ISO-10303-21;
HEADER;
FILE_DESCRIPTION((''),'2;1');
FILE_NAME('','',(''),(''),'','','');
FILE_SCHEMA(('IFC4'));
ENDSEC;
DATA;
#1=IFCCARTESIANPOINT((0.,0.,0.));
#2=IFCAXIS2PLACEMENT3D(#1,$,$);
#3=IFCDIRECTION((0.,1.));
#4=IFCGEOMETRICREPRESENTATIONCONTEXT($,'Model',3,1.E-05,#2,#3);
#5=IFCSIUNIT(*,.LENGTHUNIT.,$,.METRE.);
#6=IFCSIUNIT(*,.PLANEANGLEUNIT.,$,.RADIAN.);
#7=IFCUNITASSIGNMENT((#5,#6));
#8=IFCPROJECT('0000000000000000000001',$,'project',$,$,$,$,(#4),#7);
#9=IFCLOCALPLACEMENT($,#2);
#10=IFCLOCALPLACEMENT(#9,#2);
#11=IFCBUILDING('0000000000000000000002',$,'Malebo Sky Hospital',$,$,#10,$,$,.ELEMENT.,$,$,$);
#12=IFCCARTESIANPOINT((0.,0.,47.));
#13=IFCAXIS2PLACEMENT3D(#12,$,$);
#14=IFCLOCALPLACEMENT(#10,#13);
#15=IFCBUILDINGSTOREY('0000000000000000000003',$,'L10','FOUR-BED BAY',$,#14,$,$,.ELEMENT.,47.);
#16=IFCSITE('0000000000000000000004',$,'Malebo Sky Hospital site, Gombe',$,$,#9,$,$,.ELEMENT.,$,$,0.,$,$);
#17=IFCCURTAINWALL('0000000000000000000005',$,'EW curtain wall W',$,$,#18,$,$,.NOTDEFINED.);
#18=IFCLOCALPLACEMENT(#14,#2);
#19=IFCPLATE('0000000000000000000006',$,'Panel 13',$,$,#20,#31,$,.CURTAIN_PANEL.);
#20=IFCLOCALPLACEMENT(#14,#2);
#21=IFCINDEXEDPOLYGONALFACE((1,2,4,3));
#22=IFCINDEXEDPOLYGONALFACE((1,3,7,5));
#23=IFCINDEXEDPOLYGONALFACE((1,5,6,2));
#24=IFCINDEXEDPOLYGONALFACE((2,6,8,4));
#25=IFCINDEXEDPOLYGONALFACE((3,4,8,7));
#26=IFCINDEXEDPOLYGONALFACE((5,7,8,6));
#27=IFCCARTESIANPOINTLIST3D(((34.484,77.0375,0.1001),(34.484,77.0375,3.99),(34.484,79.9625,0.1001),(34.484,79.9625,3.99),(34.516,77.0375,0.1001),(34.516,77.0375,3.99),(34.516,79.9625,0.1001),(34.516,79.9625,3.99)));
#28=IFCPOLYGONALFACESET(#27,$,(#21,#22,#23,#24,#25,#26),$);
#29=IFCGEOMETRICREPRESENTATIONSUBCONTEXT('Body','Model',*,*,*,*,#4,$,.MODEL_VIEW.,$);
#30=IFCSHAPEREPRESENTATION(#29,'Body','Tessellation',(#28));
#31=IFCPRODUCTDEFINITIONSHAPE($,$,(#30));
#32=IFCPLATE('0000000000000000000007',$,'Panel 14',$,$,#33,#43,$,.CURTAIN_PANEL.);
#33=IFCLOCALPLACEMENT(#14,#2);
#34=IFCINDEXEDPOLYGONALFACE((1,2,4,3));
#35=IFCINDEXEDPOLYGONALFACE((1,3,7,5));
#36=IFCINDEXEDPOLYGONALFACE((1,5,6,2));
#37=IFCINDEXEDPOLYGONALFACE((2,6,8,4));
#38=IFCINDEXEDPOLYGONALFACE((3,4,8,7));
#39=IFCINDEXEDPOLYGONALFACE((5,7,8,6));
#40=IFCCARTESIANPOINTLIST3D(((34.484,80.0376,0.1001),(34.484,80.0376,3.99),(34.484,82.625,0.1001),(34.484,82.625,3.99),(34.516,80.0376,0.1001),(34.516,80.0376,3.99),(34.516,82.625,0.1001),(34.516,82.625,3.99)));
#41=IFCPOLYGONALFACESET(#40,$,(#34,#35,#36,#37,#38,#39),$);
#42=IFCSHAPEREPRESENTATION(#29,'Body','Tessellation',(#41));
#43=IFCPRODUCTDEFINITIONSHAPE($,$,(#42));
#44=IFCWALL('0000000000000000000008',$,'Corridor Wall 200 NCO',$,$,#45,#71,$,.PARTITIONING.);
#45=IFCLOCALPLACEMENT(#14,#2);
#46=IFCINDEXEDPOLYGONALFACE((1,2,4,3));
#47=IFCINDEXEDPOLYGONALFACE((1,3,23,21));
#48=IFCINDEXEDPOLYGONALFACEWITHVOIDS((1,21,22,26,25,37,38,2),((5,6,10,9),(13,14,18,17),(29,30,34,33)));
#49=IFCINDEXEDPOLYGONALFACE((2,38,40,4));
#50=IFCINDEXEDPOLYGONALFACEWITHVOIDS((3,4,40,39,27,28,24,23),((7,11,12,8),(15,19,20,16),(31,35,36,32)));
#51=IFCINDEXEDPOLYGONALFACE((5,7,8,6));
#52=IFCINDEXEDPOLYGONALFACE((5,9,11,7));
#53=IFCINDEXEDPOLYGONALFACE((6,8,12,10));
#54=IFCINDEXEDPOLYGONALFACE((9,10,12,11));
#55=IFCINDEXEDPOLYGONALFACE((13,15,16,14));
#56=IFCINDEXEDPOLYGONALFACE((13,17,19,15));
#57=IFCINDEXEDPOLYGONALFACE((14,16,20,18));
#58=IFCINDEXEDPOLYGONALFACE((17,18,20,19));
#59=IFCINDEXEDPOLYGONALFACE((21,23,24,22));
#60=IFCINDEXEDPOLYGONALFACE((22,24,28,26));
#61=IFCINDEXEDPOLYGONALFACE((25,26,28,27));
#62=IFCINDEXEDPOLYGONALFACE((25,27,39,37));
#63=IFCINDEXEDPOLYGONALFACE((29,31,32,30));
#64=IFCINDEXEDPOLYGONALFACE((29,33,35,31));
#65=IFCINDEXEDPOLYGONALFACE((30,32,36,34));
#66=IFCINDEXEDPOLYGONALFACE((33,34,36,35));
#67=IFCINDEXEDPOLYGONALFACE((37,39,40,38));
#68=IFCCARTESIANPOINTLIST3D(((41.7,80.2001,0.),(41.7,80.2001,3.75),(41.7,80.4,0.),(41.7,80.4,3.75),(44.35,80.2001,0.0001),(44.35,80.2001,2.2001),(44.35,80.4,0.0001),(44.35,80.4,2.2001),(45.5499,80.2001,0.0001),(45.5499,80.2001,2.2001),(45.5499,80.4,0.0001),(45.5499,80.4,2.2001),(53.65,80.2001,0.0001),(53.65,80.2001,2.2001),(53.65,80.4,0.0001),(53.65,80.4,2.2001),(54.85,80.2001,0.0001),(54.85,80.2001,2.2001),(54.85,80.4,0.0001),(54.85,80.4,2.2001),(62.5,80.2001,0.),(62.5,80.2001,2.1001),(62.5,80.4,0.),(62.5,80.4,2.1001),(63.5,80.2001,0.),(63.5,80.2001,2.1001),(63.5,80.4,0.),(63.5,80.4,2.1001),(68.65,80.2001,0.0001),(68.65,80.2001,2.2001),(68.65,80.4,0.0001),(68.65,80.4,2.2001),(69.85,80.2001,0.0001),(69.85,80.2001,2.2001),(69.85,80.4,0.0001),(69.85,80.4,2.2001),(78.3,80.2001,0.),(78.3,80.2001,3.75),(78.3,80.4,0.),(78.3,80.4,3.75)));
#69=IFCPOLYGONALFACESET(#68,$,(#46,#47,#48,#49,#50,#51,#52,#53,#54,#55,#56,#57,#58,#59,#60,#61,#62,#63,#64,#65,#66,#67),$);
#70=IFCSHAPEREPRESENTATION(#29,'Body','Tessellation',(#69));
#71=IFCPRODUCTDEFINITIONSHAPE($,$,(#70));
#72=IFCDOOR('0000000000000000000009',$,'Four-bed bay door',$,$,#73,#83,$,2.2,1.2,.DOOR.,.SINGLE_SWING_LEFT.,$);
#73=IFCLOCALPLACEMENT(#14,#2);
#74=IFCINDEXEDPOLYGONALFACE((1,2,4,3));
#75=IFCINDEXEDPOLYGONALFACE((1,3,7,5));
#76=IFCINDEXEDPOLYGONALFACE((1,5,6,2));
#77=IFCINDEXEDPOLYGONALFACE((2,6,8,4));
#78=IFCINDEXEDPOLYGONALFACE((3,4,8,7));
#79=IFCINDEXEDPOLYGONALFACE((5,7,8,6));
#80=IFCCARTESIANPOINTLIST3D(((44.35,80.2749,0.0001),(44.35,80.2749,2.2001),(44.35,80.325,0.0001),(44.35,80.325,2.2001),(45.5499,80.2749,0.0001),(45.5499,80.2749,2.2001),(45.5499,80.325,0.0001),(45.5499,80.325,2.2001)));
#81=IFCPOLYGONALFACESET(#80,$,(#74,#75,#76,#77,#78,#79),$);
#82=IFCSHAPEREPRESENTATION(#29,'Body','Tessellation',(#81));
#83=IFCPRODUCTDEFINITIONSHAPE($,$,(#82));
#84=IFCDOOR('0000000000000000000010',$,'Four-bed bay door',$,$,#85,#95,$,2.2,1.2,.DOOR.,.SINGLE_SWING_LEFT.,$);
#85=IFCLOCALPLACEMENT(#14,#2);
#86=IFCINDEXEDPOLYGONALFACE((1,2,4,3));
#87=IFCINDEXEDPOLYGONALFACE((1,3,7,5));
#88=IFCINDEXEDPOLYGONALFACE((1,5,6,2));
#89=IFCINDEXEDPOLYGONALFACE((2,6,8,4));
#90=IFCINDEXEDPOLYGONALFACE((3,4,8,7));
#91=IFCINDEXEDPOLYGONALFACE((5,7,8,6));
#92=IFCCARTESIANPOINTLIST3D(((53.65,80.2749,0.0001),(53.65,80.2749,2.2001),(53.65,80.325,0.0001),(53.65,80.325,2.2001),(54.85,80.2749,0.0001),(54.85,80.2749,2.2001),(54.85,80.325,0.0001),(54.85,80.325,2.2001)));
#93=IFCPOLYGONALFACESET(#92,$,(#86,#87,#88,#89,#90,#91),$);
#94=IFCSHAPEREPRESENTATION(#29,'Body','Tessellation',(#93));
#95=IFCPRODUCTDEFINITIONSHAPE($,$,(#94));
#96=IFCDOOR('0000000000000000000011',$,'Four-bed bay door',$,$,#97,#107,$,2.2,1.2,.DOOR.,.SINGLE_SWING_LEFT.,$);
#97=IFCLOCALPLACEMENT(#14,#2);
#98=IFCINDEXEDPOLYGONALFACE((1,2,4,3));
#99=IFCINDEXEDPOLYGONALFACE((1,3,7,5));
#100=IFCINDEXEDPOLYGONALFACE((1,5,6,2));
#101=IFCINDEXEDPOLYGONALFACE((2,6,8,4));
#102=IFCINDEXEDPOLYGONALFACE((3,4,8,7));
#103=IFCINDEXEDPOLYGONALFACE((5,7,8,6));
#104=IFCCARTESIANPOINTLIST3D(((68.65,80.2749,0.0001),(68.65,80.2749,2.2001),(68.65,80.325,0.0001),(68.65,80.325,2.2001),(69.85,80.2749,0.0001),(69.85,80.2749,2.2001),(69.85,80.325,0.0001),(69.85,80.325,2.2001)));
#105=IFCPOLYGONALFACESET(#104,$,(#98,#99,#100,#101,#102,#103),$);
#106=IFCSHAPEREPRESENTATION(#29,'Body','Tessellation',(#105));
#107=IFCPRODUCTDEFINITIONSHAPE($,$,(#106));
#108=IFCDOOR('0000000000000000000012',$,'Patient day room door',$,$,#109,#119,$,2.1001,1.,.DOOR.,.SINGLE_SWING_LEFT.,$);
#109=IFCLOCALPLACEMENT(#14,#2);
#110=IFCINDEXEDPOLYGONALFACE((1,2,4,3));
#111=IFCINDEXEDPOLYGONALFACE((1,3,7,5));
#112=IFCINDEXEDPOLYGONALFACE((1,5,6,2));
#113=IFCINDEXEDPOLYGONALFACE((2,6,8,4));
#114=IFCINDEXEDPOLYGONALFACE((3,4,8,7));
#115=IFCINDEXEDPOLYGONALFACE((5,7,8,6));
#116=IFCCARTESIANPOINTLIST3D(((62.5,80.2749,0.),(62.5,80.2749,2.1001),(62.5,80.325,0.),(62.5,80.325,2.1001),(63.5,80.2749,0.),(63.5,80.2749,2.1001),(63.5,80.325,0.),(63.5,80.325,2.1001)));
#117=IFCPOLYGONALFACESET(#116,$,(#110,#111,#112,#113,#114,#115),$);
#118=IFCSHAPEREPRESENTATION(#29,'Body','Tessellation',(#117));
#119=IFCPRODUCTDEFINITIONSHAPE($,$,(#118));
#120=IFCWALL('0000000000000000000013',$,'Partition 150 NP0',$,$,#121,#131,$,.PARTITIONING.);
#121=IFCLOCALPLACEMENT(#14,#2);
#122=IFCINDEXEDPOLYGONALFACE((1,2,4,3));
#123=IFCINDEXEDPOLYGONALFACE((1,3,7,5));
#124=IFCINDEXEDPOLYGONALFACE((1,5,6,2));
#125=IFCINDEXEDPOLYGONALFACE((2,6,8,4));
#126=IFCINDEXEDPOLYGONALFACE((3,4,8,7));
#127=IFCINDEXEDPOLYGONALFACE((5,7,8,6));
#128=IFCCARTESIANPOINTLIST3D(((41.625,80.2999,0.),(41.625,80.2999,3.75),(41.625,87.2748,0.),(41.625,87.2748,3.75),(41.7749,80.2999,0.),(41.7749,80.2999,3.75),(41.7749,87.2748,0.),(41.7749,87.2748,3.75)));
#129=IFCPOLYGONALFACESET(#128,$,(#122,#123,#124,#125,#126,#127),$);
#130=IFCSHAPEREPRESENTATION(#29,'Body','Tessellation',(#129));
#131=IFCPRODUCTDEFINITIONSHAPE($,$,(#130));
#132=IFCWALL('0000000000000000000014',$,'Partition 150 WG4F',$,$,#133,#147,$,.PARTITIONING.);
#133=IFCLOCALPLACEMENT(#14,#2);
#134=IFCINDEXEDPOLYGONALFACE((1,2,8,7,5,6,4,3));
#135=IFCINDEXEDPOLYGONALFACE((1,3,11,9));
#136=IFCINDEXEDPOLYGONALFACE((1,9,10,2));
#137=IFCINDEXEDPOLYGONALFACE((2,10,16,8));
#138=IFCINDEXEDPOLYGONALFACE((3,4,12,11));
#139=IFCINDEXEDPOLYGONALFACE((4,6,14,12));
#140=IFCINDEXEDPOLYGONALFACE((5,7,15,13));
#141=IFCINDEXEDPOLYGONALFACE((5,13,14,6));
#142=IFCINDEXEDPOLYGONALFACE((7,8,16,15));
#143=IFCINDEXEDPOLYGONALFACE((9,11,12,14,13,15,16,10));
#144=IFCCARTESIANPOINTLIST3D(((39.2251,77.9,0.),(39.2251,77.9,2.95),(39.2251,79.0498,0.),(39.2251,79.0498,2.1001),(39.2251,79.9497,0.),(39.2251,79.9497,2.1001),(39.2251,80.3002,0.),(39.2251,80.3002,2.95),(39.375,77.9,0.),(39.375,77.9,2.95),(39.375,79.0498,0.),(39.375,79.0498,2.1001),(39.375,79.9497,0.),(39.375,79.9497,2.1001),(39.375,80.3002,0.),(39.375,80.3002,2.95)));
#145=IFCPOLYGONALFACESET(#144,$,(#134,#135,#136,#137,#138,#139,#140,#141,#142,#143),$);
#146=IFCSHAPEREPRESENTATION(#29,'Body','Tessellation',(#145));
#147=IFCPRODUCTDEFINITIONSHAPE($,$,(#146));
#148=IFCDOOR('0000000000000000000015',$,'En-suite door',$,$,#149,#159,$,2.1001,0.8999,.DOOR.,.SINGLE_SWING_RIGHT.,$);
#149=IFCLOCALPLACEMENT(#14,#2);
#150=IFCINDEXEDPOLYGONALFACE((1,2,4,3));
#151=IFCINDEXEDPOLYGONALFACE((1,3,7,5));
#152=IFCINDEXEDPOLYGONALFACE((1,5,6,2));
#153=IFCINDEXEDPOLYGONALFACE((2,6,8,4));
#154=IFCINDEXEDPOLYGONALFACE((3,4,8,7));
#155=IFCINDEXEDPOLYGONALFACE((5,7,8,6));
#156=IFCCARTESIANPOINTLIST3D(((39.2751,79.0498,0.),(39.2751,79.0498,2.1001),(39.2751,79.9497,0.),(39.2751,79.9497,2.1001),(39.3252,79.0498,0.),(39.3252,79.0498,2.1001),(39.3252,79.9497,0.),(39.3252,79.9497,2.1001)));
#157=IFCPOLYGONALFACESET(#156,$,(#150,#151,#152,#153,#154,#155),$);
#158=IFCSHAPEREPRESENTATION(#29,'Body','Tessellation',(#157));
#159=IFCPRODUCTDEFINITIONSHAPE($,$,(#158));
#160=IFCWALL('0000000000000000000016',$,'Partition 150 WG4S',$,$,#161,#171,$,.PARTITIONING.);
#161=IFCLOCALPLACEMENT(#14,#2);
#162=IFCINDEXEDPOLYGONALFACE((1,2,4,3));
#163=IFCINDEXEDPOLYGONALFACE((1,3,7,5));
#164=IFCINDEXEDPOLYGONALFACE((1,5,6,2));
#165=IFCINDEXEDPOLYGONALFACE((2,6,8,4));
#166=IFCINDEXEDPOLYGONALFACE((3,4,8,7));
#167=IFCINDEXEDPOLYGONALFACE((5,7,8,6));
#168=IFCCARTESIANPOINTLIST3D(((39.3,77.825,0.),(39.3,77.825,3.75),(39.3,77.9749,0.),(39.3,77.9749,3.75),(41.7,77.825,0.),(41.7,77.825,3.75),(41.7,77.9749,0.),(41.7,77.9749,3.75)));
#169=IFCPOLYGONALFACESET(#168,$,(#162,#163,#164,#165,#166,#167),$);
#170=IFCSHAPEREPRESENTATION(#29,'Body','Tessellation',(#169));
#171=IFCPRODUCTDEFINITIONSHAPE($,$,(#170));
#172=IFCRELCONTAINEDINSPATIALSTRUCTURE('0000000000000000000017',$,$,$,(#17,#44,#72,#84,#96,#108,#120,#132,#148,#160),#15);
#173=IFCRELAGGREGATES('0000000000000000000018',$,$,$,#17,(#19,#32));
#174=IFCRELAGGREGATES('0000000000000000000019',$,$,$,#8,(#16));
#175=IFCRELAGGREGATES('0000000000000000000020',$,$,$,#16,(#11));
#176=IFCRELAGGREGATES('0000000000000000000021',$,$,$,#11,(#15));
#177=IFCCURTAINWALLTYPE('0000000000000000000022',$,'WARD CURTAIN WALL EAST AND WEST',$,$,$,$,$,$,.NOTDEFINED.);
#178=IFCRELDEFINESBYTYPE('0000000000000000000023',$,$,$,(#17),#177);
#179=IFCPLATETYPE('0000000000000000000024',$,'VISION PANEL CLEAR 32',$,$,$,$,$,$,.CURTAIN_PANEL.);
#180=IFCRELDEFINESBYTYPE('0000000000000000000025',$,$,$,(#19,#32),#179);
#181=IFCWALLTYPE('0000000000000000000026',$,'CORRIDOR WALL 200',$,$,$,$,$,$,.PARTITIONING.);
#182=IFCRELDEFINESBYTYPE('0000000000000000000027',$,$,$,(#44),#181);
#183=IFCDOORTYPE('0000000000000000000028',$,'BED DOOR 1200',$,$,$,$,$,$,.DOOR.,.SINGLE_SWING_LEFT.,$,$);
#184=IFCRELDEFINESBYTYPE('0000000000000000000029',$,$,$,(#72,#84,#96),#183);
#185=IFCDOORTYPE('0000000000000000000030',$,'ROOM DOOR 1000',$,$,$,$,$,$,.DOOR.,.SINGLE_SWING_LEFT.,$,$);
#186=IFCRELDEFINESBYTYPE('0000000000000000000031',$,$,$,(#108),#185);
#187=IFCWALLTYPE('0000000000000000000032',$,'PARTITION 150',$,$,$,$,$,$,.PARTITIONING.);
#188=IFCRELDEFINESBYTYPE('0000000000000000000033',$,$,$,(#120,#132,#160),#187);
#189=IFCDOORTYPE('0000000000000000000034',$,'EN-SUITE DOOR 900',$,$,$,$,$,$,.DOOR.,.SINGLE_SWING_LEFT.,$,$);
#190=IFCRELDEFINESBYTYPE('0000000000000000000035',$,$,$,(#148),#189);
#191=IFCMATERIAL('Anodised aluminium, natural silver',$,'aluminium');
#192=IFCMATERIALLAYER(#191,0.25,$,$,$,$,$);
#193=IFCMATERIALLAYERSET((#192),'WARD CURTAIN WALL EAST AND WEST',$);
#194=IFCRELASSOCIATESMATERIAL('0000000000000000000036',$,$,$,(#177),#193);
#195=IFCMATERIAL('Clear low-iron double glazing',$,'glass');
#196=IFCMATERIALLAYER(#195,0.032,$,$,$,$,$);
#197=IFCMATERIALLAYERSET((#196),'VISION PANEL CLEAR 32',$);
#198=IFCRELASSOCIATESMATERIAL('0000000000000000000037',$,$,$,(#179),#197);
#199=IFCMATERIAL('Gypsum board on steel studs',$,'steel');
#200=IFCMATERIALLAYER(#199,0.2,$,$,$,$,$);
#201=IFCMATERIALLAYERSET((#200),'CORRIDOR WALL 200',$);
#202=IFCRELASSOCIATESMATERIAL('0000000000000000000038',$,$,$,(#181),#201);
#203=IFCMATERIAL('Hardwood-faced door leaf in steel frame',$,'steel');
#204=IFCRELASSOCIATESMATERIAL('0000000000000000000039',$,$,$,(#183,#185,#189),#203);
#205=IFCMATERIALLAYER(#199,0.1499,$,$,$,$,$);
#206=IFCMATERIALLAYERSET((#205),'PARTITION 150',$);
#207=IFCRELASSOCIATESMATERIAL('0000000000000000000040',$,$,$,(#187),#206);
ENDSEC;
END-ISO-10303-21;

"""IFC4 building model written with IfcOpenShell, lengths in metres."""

from ifc_helpers import new_model, si_unit, direction, frame, frame_2d, origin, origin_2d, place, context, subcontext, project, spatial, rectangle, extrude, material, layer, layer_set, type_object, element, fill, aggregate, save


model = new_model("IFC4")

# Units and contexts
model_context = context("Model", 3, precision=1e-05, world=origin(), true_north=direction((0.0, 1.0)))
body_context = subcontext(model_context, "Body", "Model", "MODEL_VIEW")
ifc_project = project(units=[si_unit("LENGTHUNIT", "METRE"), si_unit("PLANEANGLEUNIT", "RADIAN")], contexts=[model_context])

# Site, building, storey
site_placement = place(None, origin())
site = spatial("IfcSite", under=ifc_project, at=site_placement, Name="Malebo Sky Hospital site, Gombe", CompositionType="ELEMENT", RefElevation=0.0)
building_placement = place(site_placement, origin())
building = spatial("IfcBuilding", under=site, at=building_placement, Name="Malebo Sky Hospital", CompositionType="ELEMENT")
storey_placement = place(building_placement, frame((0.0, 0.0, 47.0)))
storey = spatial("IfcBuildingStorey", under=building, at=storey_placement, Name="L10", Description="FOUR-BED BAY", CompositionType="ELEMENT", Elevation=47.0)

# Curtain wall
ifc_material_1 = material(Name="Anodised aluminium, natural silver", Category="aluminium")
ifc_layer_1 = layer(ifc_material_1, 0.25)
ifc_layer_set_1 = layer_set([ifc_layer_1], Name="WARD CURTAIN WALL EAST AND WEST")
curtain_wall_type = type_object("IfcCurtainWallType", Name="WARD CURTAIN WALL EAST AND WEST", PredefinedType="NOTDEFINED", material=ifc_layer_set_1)
curtain_wall_placement = place(storey_placement, origin())
curtain_wall = element("IfcCurtainWall", 1, at=curtain_wall_placement, inside=storey, type_object=curtain_wall_type, Name="EW curtain wall W", PredefinedType="NOTDEFINED")

# Plates
ifc_material_2 = material(Name="Clear low-iron double glazing", Category="glass")
ifc_layer_2 = layer(ifc_material_2, 0.032)
ifc_layer_set_2 = layer_set([ifc_layer_2], Name="VISION PANEL CLEAR 32")
plate_type = type_object("IfcPlateType", Name="VISION PANEL CLEAR 32", PredefinedType="CURTAIN_PANEL", material=ifc_layer_set_2)
plate_1_placement = place(storey_placement, frame((34.5, 78.5, 0.1001), z_axis=(0.0, 0.0, 1.0), x_axis=(0.0, 1.0, 0.0)))
plate_1 = element("IfcPlate", 2, at=plate_1_placement, type_object=plate_type, Name="Panel 13", PredefinedType="CURTAIN_PANEL", context=body_context, shape_type="SweptSolid", body=[
    extrude(rectangle(XDim=2.925, YDim=0.032, at=origin_2d()), origin(), (0.0, 0.0, 1.0), 3.8899),
])
plate_2_placement = place(storey_placement, frame((34.5, 81.3313, 0.1001), z_axis=(0.0, 0.0, 1.0), x_axis=(0.0, 1.0, 0.0)))
plate_2 = element("IfcPlate", 3, at=plate_2_placement, type_object=plate_type, Name="Panel 14", PredefinedType="CURTAIN_PANEL", context=body_context, shape_type="SweptSolid", body=[
    extrude(rectangle(XDim=2.5874, YDim=0.032, at=origin_2d()), origin(), (0.0, 0.0, 1.0), 3.8899),
])
aggregate(curtain_wall, [plate_1, plate_2])

# Wall, openings, doors
ifc_material_3 = material(Name="Gypsum board on steel studs", Category="steel")
ifc_layer_3 = layer(ifc_material_3, 0.2)
ifc_layer_set_3 = layer_set([ifc_layer_3], Name="CORRIDOR WALL 200")
wall_type_1 = type_object("IfcWallType", Name="CORRIDOR WALL 200", PredefinedType="PARTITIONING", material=ifc_layer_set_3)
wall_1_placement = place(storey_placement, frame((41.7, 80.3, 0.0), z_axis=(0.0, 0.0, 1.0), x_axis=(1.0, 0.0, 0.0)))
wall_1 = element("IfcWall", 4, at=wall_1_placement, inside=storey, type_object=wall_type_1, Name="Corridor Wall 200 NCO", PredefinedType="PARTITIONING", context=body_context, shape_type="SweptSolid", body=[
    extrude(rectangle(XDim=36.6001, YDim=0.2, at=frame_2d((18.3, 0.0))), origin(), (0.0, 0.0, 1.0), 3.75),
])
opening_1_placement = place(wall_1_placement, frame((2.6499, 0.0, 0.0)))
opening_1 = element("IfcOpeningElement", 5, at=opening_1_placement, cuts=wall_1, PredefinedType="OPENING", context=body_context, shape_type="SweptSolid", body=[
    extrude(rectangle(XDim=1.2, YDim=2.2, at=frame_2d((0.6001, 1.1001))), frame((0.0, 0.1099, 0.0), z_axis=(0.0, -1.0, 0.0), x_axis=(1.0, 0.0, 0.0)), (0.0, 0.0, 1.0), 0.22),
])
opening_2_placement = place(wall_1_placement, frame((11.95, 0.0, 0.0)))
opening_2 = element("IfcOpeningElement", 6, at=opening_2_placement, cuts=wall_1, PredefinedType="OPENING", context=body_context, shape_type="SweptSolid", body=[
    extrude(rectangle(XDim=1.2, YDim=2.2, at=frame_2d((0.6001, 1.1001))), frame((0.0, 0.1099, 0.0), z_axis=(0.0, -1.0, 0.0), x_axis=(1.0, 0.0, 0.0)), (0.0, 0.0, 1.0), 0.22),
])
opening_3_placement = place(wall_1_placement, frame((20.8, 0.0, 0.0)))
opening_3 = element("IfcOpeningElement", 7, at=opening_3_placement, cuts=wall_1, PredefinedType="OPENING", context=body_context, shape_type="SweptSolid", body=[
    extrude(rectangle(XDim=1.0, YDim=2.1001, at=frame_2d((0.5, 1.05))), frame((0.0, 0.1099, 0.0), z_axis=(0.0, -1.0, 0.0), x_axis=(1.0, 0.0, 0.0)), (0.0, 0.0, 1.0), 0.22),
])
opening_4_placement = place(wall_1_placement, frame((26.95, 0.0, 0.0)))
opening_4 = element("IfcOpeningElement", 8, at=opening_4_placement, cuts=wall_1, PredefinedType="OPENING", context=body_context, shape_type="SweptSolid", body=[
    extrude(rectangle(XDim=1.2, YDim=2.2, at=frame_2d((0.6001, 1.1001))), frame((0.0, 0.1099, 0.0), z_axis=(0.0, -1.0, 0.0), x_axis=(1.0, 0.0, 0.0)), (0.0, 0.0, 1.0), 0.22),
])
ifc_material_4 = material(Name="Hardwood-faced door leaf in steel frame", Category="steel")
door_type_1 = type_object("IfcDoorType", Name="BED DOOR 1200", OperationType="SINGLE_SWING_LEFT", PredefinedType="DOOR", material=ifc_material_4)
door_1_placement = place(opening_1_placement, origin())
door_1 = element("IfcDoor", 9, at=door_1_placement, inside=storey, type_object=door_type_1, Name="Four-bed bay door", OperationType="SINGLE_SWING_LEFT", OverallHeight=2.2, OverallWidth=1.2, PredefinedType="DOOR", context=body_context, shape_type="SweptSolid", body=[
    extrude(rectangle(XDim=1.2, YDim=2.2, at=frame_2d((0.6001, 1.1001))), frame((0.0, 0.0249, 0.0), z_axis=(0.0, -1.0, 0.0), x_axis=(1.0, 0.0, 0.0)), (0.0, 0.0, 1.0), 0.05),
])
fill(opening_1, door_1)
door_2_placement = place(opening_2_placement, origin())
door_2 = element("IfcDoor", 10, at=door_2_placement, inside=storey, type_object=door_type_1, Name="Four-bed bay door", OperationType="SINGLE_SWING_LEFT", OverallHeight=2.2, OverallWidth=1.2, PredefinedType="DOOR", context=body_context, shape_type="SweptSolid", body=[
    extrude(rectangle(XDim=1.2, YDim=2.2, at=frame_2d((0.6001, 1.1001))), frame((0.0, 0.0249, 0.0), z_axis=(0.0, -1.0, 0.0), x_axis=(1.0, 0.0, 0.0)), (0.0, 0.0, 1.0), 0.05),
])
fill(opening_2, door_2)
door_3_placement = place(opening_4_placement, origin())
door_3 = element("IfcDoor", 11, at=door_3_placement, inside=storey, type_object=door_type_1, Name="Four-bed bay door", OperationType="SINGLE_SWING_LEFT", OverallHeight=2.2, OverallWidth=1.2, PredefinedType="DOOR", context=body_context, shape_type="SweptSolid", body=[
    extrude(rectangle(XDim=1.2, YDim=2.2, at=frame_2d((0.6001, 1.1001))), frame((0.0, 0.0249, 0.0), z_axis=(0.0, -1.0, 0.0), x_axis=(1.0, 0.0, 0.0)), (0.0, 0.0, 1.0), 0.05),
])
fill(opening_4, door_3)
door_type_2 = type_object("IfcDoorType", Name="ROOM DOOR 1000", OperationType="SINGLE_SWING_LEFT", PredefinedType="DOOR", material=ifc_material_4)
door_4_placement = place(opening_3_placement, origin())
door_4 = element("IfcDoor", 12, at=door_4_placement, inside=storey, type_object=door_type_2, Name="Patient day room door", OperationType="SINGLE_SWING_LEFT", OverallHeight=2.1001, OverallWidth=1.0, PredefinedType="DOOR", context=body_context, shape_type="SweptSolid", body=[
    extrude(rectangle(XDim=1.0, YDim=2.1001, at=frame_2d((0.5, 1.05))), frame((0.0, 0.0249, 0.0), z_axis=(0.0, -1.0, 0.0), x_axis=(1.0, 0.0, 0.0)), (0.0, 0.0, 1.0), 0.05),
])
fill(opening_3, door_4)

# Wall
ifc_layer_4 = layer(ifc_material_3, 0.1499)
ifc_layer_set_4 = layer_set([ifc_layer_4], Name="PARTITION 150")
wall_type_2 = type_object("IfcWallType", Name="PARTITION 150", PredefinedType="PARTITIONING", material=ifc_layer_set_4)
wall_2_placement = place(storey_placement, frame((41.7, 80.3, 0.0), z_axis=(0.0, 0.0, 1.0), x_axis=(0.0, 1.0, 0.0)))
element("IfcWall", 13, at=wall_2_placement, inside=storey, type_object=wall_type_2, Name="Partition 150 NP0", PredefinedType="PARTITIONING", context=body_context, shape_type="SweptSolid", body=[
    extrude(rectangle(XDim=6.9749, YDim=0.1499, at=frame_2d((3.4873, 0.0))), origin(), (0.0, 0.0, 1.0), 3.75),
])

# Wall, opening, door
wall_3_placement = place(storey_placement, frame((39.3, 77.8999, 0.0), z_axis=(0.0, 0.0, 1.0), x_axis=(0.0, 1.0, 0.0)))
wall_3 = element("IfcWall", 14, at=wall_3_placement, inside=storey, type_object=wall_type_2, Name="Partition 150 WG4F", PredefinedType="PARTITIONING", context=body_context, shape_type="SweptSolid", body=[
    extrude(rectangle(XDim=2.4001, YDim=0.1499, at=frame_2d((1.2002, 0.0))), origin(), (0.0, 0.0, 1.0), 2.95),
])
opening_5_placement = place(wall_3_placement, frame((1.1499, 0.0, 0.0)))
opening_5 = element("IfcOpeningElement", 15, at=opening_5_placement, cuts=wall_3, PredefinedType="OPENING", context=body_context, shape_type="SweptSolid", body=[
    extrude(rectangle(XDim=0.8999, YDim=2.1001, at=frame_2d((0.45, 1.05))), frame((0.0, 0.085, 0.0), z_axis=(0.0, -1.0, 0.0), x_axis=(1.0, 0.0, 0.0)), (0.0, 0.0, 1.0), 0.1699),
])
door_type_3 = type_object("IfcDoorType", Name="EN-SUITE DOOR 900", OperationType="SINGLE_SWING_LEFT", PredefinedType="DOOR", material=ifc_material_4)
door_5_placement = place(opening_5_placement, origin())
door_5 = element("IfcDoor", 16, at=door_5_placement, inside=storey, type_object=door_type_3, Name="En-suite door", OperationType="SINGLE_SWING_RIGHT", OverallHeight=2.1001, OverallWidth=0.8999, PredefinedType="DOOR", context=body_context, shape_type="SweptSolid", body=[
    extrude(rectangle(XDim=0.8999, YDim=2.1001, at=frame_2d((0.45, 1.05))), frame((0.0, 0.0249, 0.0), z_axis=(0.0, -1.0, 0.0), x_axis=(1.0, 0.0, 0.0)), (0.0, 0.0, 1.0), 0.05),
])
fill(opening_5, door_5)

# Wall
for number, where, z_axis, x_axis, name in (
    (17, (41.7, 77.8999, 0.0), (0.0, 0.0, 1.0), (-1.0, 0.0, 0.0), "Partition 150 WG4S"),
):
    element("IfcWall", number, at=place(storey_placement, frame(where, z_axis=z_axis, x_axis=x_axis)), inside=storey, type_object=wall_type_2, Name=name, PredefinedType="PARTITIONING", context=body_context, shape_type="SweptSolid", body=[
        extrude(rectangle(XDim=2.3999, YDim=0.1499, at=frame_2d((1.2, 0.0))), origin(), (0.0, 0.0, 1.0), 3.75),
    ])

save(model, "model.ifc")
